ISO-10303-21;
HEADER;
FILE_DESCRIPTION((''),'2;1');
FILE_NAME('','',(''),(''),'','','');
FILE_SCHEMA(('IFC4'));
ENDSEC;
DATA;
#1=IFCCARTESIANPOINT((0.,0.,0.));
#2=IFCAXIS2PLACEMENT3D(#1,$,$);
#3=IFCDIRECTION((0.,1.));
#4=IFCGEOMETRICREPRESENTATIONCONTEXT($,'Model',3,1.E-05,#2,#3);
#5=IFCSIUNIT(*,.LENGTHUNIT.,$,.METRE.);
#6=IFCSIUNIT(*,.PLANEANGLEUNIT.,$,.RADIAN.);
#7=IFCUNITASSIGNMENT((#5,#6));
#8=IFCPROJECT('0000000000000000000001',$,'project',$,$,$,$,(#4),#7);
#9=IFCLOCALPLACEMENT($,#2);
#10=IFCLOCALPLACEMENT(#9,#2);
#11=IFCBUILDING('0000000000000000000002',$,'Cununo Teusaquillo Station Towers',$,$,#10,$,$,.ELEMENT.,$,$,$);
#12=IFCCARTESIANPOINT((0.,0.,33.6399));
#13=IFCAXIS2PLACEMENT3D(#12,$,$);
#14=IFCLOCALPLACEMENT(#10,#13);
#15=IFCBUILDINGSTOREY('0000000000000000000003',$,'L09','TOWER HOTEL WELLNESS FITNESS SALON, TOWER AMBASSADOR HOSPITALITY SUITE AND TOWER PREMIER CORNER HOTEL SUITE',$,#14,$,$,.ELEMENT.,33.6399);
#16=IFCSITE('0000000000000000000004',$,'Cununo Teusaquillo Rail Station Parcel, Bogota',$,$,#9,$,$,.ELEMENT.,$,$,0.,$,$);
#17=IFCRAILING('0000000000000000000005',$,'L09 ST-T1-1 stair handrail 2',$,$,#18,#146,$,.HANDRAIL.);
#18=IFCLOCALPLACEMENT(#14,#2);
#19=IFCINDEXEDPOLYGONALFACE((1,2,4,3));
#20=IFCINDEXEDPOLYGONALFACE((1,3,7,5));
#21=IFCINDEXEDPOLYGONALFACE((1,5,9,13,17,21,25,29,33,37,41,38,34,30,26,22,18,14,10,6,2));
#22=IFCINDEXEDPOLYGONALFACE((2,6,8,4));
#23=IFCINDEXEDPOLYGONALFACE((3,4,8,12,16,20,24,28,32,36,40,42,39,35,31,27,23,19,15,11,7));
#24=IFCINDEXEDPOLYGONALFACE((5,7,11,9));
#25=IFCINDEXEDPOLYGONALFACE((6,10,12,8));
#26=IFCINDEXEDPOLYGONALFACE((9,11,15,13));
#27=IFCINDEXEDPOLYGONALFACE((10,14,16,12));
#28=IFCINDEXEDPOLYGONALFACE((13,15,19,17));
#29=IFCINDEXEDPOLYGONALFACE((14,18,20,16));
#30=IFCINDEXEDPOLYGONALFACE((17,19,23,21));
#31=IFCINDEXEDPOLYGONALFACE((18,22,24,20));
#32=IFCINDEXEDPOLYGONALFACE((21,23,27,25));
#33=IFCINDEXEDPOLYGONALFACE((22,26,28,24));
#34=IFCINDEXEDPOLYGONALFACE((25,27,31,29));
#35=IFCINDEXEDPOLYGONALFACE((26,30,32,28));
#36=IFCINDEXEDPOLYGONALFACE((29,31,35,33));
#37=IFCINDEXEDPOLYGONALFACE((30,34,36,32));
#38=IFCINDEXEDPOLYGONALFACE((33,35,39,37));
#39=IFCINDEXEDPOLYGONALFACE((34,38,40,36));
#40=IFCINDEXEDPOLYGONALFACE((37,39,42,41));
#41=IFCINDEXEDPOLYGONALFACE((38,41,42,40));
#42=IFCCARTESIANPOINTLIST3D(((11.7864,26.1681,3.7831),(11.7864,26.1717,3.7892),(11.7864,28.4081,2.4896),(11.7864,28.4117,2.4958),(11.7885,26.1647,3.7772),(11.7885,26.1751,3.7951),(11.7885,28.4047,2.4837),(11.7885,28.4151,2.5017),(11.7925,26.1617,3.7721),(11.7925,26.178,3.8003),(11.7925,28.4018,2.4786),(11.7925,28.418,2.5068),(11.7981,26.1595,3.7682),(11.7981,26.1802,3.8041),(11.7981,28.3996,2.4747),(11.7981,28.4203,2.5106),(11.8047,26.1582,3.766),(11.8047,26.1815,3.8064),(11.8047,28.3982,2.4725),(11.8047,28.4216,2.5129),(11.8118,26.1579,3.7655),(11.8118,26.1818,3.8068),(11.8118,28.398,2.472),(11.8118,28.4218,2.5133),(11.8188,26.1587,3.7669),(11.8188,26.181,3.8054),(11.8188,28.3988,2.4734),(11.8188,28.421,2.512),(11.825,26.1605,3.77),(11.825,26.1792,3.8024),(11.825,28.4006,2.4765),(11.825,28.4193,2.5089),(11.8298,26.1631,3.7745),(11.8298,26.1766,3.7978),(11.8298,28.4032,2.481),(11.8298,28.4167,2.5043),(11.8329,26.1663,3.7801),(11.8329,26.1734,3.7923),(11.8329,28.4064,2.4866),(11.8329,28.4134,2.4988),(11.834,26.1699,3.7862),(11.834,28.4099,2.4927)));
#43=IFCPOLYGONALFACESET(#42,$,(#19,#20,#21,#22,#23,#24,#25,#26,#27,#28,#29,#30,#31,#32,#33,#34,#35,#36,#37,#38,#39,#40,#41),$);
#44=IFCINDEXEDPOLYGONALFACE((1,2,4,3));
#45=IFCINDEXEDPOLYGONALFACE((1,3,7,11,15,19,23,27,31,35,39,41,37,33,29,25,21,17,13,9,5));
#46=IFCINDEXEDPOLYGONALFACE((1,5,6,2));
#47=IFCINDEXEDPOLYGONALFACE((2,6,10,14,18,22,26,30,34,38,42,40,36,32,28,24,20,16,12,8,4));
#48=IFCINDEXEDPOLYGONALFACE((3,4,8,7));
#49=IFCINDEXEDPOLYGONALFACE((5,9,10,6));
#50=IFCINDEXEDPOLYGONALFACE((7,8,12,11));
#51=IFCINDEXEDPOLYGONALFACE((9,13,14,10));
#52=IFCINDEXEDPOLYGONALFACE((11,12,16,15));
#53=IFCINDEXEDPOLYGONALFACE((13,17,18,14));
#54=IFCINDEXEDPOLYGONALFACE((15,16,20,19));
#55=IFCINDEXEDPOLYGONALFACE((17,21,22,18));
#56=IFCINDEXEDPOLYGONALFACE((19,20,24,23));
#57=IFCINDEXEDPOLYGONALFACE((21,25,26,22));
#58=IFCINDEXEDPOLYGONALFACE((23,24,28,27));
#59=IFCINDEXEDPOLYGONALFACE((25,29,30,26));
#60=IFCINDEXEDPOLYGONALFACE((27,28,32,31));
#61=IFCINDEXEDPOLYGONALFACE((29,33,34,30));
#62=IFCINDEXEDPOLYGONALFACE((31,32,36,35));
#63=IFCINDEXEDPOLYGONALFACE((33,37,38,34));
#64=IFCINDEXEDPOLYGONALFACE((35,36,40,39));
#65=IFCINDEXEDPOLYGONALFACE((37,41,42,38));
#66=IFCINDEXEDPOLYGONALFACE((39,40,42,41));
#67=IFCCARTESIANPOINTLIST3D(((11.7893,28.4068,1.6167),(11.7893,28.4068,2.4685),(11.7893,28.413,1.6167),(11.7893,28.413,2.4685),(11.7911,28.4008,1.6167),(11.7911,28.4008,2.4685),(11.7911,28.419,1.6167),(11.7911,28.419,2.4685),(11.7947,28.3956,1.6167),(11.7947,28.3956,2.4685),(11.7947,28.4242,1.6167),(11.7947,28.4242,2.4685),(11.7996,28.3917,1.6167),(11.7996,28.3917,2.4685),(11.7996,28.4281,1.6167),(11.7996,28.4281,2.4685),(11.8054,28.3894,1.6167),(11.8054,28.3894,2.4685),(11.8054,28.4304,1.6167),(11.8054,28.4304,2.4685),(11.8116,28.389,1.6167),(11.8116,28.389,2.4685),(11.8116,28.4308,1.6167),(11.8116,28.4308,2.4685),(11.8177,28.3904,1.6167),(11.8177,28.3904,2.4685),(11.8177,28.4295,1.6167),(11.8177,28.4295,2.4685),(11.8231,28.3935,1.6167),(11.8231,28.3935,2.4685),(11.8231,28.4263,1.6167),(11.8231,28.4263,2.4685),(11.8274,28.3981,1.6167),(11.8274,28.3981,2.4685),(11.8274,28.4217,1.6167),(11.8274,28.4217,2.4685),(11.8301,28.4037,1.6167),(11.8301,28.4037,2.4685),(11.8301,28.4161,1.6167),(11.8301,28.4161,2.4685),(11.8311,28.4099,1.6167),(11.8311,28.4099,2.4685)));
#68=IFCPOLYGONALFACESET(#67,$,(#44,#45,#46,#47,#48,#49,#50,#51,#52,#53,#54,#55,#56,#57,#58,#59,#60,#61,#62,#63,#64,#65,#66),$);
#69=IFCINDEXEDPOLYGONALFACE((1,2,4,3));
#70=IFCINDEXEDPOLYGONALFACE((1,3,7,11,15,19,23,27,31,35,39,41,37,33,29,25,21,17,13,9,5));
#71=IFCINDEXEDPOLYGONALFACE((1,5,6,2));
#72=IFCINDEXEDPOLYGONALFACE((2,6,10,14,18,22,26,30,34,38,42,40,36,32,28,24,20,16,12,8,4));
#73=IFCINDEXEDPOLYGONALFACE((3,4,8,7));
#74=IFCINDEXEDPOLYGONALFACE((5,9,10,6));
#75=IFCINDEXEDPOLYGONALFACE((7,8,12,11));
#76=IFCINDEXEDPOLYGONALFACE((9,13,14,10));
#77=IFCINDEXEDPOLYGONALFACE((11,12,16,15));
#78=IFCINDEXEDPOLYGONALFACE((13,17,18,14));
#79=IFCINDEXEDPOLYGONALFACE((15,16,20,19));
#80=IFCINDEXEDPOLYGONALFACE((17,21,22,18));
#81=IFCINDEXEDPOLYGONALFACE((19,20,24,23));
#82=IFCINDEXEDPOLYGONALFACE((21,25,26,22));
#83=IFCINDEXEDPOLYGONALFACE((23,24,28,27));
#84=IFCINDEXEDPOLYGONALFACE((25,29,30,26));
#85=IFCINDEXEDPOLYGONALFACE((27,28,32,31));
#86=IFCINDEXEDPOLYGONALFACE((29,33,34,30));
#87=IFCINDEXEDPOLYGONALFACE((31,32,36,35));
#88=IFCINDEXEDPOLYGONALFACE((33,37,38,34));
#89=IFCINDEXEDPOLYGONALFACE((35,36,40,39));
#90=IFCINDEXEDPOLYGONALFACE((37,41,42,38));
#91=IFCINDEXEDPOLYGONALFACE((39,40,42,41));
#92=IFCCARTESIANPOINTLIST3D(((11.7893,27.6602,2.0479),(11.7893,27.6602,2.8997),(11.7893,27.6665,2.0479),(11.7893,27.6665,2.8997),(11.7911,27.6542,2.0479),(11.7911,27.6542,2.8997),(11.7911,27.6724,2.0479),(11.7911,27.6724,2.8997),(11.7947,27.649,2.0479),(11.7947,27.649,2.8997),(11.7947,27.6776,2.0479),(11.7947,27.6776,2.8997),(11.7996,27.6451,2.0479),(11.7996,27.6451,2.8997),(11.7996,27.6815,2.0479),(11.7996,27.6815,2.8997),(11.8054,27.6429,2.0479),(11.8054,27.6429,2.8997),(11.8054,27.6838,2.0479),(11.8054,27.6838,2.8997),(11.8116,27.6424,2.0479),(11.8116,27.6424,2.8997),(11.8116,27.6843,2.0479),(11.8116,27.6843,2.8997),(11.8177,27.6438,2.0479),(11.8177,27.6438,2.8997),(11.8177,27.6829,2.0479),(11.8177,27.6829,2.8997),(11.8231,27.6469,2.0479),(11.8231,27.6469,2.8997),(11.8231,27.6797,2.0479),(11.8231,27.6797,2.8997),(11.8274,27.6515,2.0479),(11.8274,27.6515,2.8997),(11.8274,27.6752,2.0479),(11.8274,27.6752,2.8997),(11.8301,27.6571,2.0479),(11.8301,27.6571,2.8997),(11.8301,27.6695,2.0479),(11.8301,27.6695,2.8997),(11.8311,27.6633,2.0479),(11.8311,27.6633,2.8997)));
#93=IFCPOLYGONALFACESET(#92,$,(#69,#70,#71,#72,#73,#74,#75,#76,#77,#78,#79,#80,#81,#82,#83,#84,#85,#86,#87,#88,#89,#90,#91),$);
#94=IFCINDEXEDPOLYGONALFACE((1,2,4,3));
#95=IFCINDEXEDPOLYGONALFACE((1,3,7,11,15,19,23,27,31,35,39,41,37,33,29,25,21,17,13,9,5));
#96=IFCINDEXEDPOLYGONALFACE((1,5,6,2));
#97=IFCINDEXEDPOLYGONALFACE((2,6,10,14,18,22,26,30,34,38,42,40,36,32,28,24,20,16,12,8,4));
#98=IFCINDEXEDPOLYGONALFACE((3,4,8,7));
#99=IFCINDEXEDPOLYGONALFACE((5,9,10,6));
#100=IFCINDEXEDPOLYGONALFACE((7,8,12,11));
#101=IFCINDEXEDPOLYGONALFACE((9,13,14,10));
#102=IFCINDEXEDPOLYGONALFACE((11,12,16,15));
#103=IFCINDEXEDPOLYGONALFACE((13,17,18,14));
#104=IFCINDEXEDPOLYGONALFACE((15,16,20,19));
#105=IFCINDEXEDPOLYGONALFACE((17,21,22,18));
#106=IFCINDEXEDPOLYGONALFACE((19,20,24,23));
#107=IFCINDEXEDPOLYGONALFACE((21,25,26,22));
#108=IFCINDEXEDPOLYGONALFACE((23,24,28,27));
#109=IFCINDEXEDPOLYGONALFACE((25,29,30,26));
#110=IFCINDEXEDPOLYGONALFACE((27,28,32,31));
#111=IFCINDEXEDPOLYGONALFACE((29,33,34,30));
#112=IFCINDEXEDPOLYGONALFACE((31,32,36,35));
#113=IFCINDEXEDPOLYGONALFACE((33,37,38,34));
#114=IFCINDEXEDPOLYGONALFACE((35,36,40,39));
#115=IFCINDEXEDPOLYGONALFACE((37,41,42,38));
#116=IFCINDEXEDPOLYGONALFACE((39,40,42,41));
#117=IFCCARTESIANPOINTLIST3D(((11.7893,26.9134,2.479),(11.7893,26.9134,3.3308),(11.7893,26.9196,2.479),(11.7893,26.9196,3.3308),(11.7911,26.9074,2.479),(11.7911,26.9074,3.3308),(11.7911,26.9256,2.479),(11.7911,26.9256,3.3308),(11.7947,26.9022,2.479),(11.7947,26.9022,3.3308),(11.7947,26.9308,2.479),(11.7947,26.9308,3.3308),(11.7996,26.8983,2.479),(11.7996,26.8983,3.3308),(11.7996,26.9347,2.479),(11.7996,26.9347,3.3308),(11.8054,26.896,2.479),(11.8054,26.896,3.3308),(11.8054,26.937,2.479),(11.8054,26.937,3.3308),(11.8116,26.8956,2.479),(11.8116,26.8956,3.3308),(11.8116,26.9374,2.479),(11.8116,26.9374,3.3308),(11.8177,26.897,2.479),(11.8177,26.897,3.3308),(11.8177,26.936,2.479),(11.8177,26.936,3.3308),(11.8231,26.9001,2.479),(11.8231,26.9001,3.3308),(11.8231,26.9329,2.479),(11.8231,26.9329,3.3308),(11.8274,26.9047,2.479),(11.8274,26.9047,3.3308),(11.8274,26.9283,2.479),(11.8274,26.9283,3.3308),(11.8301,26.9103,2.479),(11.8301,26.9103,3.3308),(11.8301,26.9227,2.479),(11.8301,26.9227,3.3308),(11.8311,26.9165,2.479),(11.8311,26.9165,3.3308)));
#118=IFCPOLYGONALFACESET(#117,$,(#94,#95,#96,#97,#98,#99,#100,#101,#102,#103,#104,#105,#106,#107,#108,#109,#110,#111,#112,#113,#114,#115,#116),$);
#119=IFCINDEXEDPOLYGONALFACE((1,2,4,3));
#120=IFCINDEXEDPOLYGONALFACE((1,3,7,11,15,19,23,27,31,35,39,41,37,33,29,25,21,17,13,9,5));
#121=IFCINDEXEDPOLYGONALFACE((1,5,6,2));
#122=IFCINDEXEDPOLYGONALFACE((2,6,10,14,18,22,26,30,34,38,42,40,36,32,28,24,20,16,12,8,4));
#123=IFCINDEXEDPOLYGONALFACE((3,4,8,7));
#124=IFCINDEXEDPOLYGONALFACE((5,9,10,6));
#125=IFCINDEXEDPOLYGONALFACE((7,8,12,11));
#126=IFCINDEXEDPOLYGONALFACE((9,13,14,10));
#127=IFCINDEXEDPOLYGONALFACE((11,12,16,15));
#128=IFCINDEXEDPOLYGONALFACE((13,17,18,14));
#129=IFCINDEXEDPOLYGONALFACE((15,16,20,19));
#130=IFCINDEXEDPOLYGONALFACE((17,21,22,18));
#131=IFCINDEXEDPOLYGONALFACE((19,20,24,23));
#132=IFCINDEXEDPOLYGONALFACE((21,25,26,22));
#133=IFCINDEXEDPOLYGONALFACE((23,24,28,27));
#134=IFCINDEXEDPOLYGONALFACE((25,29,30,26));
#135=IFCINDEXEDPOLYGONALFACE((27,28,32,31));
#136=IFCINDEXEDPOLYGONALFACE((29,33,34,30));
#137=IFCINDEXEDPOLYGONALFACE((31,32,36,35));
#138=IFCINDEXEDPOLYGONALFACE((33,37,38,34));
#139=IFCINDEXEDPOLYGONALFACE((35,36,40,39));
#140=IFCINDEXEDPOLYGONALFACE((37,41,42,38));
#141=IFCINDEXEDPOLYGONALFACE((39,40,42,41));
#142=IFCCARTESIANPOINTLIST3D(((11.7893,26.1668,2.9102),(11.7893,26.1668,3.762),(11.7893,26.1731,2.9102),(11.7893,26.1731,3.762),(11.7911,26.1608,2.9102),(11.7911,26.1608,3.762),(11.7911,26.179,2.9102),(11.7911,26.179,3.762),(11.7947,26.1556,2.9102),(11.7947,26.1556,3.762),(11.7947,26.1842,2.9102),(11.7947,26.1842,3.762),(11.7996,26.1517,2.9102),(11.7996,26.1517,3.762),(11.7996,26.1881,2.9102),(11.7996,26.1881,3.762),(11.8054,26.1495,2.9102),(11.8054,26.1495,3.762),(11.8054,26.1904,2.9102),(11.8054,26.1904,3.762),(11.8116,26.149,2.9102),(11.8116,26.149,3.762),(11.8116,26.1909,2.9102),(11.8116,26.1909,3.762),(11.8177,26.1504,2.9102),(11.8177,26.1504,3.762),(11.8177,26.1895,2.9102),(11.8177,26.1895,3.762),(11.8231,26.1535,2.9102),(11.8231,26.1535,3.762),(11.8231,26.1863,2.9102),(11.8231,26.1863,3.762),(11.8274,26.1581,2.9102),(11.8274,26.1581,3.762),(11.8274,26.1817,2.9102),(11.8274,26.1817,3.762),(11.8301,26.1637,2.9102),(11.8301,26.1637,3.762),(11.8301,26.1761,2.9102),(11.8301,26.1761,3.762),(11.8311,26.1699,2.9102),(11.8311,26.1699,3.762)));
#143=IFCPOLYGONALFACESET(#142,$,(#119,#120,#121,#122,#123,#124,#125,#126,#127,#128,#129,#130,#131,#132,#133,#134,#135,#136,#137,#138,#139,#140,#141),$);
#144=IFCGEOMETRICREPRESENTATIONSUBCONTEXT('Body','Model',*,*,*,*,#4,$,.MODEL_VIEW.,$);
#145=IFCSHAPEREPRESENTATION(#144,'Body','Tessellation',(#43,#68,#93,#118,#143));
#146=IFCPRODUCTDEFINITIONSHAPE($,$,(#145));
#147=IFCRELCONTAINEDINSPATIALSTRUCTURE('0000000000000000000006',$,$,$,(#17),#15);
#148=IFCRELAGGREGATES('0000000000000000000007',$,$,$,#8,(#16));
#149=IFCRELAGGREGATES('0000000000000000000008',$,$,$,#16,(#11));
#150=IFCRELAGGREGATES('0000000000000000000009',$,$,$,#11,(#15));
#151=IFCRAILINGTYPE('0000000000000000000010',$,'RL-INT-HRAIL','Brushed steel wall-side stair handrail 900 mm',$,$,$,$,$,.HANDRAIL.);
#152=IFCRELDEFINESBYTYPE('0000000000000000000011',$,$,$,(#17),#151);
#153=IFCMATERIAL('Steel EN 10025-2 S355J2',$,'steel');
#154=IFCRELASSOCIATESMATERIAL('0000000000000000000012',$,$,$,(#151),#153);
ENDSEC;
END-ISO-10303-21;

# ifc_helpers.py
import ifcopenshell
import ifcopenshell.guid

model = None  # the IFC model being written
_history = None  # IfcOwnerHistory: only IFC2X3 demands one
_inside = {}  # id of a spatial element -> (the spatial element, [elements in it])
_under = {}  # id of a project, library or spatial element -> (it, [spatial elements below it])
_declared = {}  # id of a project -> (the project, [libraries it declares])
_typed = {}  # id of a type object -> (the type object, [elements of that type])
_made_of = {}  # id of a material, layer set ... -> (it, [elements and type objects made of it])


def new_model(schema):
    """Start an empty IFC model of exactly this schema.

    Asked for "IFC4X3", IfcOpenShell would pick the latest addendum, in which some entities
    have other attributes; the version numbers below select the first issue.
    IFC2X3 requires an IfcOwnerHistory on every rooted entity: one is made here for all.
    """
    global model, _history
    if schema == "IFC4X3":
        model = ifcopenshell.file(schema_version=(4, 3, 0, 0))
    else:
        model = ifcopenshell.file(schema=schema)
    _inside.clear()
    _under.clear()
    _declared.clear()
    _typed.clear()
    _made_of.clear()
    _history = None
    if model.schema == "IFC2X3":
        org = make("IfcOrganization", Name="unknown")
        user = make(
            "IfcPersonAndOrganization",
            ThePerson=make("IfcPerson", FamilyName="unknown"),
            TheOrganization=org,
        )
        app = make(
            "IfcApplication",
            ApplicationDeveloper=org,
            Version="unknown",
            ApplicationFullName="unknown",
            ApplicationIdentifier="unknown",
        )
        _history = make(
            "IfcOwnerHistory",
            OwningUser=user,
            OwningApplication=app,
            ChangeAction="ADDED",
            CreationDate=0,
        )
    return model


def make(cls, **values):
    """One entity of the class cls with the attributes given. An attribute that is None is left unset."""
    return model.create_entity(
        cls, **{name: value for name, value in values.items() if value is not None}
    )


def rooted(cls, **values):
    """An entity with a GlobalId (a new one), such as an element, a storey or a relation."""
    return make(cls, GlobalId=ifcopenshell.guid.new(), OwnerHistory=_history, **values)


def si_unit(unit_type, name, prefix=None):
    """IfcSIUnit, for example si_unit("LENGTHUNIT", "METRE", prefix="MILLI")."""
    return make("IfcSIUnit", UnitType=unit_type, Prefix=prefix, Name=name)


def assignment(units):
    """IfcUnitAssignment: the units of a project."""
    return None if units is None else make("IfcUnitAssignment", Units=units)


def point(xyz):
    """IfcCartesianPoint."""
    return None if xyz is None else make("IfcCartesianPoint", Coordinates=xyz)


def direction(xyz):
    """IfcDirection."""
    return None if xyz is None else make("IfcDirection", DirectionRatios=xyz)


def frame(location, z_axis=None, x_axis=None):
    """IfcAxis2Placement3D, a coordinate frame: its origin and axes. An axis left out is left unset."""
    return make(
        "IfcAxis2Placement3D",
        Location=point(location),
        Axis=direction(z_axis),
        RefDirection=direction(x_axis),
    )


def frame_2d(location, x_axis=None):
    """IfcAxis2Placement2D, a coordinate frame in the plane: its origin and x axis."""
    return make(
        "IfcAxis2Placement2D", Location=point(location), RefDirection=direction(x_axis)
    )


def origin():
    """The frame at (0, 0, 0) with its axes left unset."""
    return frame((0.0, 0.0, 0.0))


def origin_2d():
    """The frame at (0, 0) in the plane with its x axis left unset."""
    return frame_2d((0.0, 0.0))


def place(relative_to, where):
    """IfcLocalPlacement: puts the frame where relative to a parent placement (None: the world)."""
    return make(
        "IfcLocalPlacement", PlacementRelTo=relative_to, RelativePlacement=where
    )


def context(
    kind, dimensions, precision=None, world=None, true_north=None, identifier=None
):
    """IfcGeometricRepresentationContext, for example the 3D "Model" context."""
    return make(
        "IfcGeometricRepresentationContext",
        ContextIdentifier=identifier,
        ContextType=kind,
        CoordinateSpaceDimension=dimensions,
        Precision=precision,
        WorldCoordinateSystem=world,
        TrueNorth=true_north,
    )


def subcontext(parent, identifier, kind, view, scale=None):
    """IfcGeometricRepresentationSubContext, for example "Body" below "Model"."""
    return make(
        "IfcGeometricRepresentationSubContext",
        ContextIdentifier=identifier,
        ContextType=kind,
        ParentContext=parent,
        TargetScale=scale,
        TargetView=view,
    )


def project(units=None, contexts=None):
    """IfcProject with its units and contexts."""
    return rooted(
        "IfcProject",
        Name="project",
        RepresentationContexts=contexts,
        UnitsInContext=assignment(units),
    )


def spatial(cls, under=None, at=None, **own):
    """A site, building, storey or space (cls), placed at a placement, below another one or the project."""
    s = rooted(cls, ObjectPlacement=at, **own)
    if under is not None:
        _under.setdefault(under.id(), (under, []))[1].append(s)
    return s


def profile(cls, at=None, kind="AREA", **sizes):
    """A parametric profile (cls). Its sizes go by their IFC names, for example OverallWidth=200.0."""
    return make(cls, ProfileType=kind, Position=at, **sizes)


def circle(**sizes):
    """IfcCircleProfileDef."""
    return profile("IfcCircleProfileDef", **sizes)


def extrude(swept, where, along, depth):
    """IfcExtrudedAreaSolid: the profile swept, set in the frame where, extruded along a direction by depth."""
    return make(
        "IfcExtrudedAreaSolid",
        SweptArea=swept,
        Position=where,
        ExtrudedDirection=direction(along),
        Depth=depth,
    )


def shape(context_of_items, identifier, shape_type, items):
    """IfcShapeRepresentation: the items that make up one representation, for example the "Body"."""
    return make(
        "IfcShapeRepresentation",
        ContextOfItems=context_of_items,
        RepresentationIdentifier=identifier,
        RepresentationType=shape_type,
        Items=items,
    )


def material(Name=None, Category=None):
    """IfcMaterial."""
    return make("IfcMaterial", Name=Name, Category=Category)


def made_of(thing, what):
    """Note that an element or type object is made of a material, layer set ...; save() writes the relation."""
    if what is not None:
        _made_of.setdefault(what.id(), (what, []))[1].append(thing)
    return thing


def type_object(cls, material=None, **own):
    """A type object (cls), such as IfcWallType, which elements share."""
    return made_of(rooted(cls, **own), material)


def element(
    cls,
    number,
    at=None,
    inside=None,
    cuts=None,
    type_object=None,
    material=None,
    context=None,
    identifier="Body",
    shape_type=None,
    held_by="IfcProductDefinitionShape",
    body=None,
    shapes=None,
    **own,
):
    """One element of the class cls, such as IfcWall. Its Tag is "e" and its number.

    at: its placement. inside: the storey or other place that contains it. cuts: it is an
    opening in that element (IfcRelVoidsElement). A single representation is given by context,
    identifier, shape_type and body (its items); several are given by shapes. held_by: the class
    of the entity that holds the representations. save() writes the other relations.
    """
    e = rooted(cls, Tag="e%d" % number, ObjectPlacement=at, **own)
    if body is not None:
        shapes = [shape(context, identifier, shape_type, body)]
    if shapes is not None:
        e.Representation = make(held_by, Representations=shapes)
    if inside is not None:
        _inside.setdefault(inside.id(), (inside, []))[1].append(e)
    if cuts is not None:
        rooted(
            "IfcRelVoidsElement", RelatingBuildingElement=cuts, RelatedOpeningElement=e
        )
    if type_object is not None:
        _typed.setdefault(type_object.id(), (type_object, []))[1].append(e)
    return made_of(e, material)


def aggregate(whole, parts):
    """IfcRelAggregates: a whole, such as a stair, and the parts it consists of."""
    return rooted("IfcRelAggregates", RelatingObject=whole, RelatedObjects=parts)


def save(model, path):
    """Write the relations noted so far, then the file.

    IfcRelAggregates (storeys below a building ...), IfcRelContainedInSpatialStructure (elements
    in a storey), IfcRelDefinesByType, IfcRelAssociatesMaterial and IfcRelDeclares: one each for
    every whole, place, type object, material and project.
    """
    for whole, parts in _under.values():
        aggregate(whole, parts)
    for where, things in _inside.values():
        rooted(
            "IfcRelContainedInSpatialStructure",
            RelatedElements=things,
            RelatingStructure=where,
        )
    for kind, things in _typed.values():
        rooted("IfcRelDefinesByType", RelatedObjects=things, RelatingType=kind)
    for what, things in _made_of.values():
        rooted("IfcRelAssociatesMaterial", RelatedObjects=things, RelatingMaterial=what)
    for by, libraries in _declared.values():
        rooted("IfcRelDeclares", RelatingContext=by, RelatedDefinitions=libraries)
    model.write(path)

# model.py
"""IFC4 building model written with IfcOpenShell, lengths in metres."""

from ifc_helpers import new_model, si_unit, direction, frame, origin, origin_2d, place, context, subcontext, project, spatial, circle, extrude, material, type_object, element, save


model = new_model("IFC4")

# Units and contexts
model_context = context("Model", 3, precision=1e-05, world=origin(), true_north=direction((0.0, 1.0)))
body_context = subcontext(model_context, "Body", "Model", "MODEL_VIEW")
ifc_project = project(units=[si_unit("LENGTHUNIT", "METRE"), si_unit("PLANEANGLEUNIT", "RADIAN")], contexts=[model_context])

# Site, building, storey
site_placement = place(None, origin())
site = spatial("IfcSite", under=ifc_project, at=site_placement, Name="Cununo Teusaquillo Rail Station Parcel, Bogota", CompositionType="ELEMENT", RefElevation=0.0)
building_placement = place(site_placement, origin())
building = spatial("IfcBuilding", under=site, at=building_placement, Name="Cununo Teusaquillo Station Towers", CompositionType="ELEMENT")
storey_placement = place(building_placement, frame((0.0, 0.0, 33.6399)))
storey = spatial("IfcBuildingStorey", under=building, at=storey_placement, Name="L09", Description="TOWER HOTEL WELLNESS FITNESS SALON, TOWER AMBASSADOR HOSPITALITY SUITE AND TOWER PREMIER CORNER HOTEL SUITE", CompositionType="ELEMENT", Elevation=33.6399)

# Railing
ifc_material_1 = material(Name="Steel EN 10025-2 S355J2", Category="steel")
railing_type_1 = type_object("IfcRailingType", Name="RL-INT-HRAIL", Description="Brushed steel wall-side stair handrail 900 mm", PredefinedType="HANDRAIL", material=ifc_material_1)
railing_1_placement = place(storey_placement, frame((11.8101, 28.4099, 1.6167)))
element("IfcRailing", 1, at=railing_1_placement, inside=storey, type_object=railing_type_1, Name="L09 ST-T1-1 stair handrail 2", PredefinedType="HANDRAIL", context=body_context, shape_type="SweptSolid", body=[
    extrude(circle(Radius=0.0239, at=origin_2d()), frame((0.0, 0.0, 0.876), z_axis=(0.0, -0.865992, 0.500057), x_axis=(1.0, 0.0, 0.0)), (0.0, 0.0, 1.0), 2.5867),
    extrude(circle(Radius=0.021, at=origin_2d()), origin(), (0.0, 0.0, 1.0), 0.8518),
    extrude(circle(Radius=0.021, at=origin_2d()), frame((0.0, -0.7466, 0.4312)), (0.0, 0.0, 1.0), 0.8518),
    extrude(circle(Radius=0.021, at=origin_2d()), frame((0.0, -1.4934, 0.8623)), (0.0, 0.0, 1.0), 0.8518),
    extrude(circle(Radius=0.021, at=origin_2d()), frame((0.0, -2.24, 1.2935)), (0.0, 0.0, 1.0), 0.8518),
])

save(model, "model.ifc")
